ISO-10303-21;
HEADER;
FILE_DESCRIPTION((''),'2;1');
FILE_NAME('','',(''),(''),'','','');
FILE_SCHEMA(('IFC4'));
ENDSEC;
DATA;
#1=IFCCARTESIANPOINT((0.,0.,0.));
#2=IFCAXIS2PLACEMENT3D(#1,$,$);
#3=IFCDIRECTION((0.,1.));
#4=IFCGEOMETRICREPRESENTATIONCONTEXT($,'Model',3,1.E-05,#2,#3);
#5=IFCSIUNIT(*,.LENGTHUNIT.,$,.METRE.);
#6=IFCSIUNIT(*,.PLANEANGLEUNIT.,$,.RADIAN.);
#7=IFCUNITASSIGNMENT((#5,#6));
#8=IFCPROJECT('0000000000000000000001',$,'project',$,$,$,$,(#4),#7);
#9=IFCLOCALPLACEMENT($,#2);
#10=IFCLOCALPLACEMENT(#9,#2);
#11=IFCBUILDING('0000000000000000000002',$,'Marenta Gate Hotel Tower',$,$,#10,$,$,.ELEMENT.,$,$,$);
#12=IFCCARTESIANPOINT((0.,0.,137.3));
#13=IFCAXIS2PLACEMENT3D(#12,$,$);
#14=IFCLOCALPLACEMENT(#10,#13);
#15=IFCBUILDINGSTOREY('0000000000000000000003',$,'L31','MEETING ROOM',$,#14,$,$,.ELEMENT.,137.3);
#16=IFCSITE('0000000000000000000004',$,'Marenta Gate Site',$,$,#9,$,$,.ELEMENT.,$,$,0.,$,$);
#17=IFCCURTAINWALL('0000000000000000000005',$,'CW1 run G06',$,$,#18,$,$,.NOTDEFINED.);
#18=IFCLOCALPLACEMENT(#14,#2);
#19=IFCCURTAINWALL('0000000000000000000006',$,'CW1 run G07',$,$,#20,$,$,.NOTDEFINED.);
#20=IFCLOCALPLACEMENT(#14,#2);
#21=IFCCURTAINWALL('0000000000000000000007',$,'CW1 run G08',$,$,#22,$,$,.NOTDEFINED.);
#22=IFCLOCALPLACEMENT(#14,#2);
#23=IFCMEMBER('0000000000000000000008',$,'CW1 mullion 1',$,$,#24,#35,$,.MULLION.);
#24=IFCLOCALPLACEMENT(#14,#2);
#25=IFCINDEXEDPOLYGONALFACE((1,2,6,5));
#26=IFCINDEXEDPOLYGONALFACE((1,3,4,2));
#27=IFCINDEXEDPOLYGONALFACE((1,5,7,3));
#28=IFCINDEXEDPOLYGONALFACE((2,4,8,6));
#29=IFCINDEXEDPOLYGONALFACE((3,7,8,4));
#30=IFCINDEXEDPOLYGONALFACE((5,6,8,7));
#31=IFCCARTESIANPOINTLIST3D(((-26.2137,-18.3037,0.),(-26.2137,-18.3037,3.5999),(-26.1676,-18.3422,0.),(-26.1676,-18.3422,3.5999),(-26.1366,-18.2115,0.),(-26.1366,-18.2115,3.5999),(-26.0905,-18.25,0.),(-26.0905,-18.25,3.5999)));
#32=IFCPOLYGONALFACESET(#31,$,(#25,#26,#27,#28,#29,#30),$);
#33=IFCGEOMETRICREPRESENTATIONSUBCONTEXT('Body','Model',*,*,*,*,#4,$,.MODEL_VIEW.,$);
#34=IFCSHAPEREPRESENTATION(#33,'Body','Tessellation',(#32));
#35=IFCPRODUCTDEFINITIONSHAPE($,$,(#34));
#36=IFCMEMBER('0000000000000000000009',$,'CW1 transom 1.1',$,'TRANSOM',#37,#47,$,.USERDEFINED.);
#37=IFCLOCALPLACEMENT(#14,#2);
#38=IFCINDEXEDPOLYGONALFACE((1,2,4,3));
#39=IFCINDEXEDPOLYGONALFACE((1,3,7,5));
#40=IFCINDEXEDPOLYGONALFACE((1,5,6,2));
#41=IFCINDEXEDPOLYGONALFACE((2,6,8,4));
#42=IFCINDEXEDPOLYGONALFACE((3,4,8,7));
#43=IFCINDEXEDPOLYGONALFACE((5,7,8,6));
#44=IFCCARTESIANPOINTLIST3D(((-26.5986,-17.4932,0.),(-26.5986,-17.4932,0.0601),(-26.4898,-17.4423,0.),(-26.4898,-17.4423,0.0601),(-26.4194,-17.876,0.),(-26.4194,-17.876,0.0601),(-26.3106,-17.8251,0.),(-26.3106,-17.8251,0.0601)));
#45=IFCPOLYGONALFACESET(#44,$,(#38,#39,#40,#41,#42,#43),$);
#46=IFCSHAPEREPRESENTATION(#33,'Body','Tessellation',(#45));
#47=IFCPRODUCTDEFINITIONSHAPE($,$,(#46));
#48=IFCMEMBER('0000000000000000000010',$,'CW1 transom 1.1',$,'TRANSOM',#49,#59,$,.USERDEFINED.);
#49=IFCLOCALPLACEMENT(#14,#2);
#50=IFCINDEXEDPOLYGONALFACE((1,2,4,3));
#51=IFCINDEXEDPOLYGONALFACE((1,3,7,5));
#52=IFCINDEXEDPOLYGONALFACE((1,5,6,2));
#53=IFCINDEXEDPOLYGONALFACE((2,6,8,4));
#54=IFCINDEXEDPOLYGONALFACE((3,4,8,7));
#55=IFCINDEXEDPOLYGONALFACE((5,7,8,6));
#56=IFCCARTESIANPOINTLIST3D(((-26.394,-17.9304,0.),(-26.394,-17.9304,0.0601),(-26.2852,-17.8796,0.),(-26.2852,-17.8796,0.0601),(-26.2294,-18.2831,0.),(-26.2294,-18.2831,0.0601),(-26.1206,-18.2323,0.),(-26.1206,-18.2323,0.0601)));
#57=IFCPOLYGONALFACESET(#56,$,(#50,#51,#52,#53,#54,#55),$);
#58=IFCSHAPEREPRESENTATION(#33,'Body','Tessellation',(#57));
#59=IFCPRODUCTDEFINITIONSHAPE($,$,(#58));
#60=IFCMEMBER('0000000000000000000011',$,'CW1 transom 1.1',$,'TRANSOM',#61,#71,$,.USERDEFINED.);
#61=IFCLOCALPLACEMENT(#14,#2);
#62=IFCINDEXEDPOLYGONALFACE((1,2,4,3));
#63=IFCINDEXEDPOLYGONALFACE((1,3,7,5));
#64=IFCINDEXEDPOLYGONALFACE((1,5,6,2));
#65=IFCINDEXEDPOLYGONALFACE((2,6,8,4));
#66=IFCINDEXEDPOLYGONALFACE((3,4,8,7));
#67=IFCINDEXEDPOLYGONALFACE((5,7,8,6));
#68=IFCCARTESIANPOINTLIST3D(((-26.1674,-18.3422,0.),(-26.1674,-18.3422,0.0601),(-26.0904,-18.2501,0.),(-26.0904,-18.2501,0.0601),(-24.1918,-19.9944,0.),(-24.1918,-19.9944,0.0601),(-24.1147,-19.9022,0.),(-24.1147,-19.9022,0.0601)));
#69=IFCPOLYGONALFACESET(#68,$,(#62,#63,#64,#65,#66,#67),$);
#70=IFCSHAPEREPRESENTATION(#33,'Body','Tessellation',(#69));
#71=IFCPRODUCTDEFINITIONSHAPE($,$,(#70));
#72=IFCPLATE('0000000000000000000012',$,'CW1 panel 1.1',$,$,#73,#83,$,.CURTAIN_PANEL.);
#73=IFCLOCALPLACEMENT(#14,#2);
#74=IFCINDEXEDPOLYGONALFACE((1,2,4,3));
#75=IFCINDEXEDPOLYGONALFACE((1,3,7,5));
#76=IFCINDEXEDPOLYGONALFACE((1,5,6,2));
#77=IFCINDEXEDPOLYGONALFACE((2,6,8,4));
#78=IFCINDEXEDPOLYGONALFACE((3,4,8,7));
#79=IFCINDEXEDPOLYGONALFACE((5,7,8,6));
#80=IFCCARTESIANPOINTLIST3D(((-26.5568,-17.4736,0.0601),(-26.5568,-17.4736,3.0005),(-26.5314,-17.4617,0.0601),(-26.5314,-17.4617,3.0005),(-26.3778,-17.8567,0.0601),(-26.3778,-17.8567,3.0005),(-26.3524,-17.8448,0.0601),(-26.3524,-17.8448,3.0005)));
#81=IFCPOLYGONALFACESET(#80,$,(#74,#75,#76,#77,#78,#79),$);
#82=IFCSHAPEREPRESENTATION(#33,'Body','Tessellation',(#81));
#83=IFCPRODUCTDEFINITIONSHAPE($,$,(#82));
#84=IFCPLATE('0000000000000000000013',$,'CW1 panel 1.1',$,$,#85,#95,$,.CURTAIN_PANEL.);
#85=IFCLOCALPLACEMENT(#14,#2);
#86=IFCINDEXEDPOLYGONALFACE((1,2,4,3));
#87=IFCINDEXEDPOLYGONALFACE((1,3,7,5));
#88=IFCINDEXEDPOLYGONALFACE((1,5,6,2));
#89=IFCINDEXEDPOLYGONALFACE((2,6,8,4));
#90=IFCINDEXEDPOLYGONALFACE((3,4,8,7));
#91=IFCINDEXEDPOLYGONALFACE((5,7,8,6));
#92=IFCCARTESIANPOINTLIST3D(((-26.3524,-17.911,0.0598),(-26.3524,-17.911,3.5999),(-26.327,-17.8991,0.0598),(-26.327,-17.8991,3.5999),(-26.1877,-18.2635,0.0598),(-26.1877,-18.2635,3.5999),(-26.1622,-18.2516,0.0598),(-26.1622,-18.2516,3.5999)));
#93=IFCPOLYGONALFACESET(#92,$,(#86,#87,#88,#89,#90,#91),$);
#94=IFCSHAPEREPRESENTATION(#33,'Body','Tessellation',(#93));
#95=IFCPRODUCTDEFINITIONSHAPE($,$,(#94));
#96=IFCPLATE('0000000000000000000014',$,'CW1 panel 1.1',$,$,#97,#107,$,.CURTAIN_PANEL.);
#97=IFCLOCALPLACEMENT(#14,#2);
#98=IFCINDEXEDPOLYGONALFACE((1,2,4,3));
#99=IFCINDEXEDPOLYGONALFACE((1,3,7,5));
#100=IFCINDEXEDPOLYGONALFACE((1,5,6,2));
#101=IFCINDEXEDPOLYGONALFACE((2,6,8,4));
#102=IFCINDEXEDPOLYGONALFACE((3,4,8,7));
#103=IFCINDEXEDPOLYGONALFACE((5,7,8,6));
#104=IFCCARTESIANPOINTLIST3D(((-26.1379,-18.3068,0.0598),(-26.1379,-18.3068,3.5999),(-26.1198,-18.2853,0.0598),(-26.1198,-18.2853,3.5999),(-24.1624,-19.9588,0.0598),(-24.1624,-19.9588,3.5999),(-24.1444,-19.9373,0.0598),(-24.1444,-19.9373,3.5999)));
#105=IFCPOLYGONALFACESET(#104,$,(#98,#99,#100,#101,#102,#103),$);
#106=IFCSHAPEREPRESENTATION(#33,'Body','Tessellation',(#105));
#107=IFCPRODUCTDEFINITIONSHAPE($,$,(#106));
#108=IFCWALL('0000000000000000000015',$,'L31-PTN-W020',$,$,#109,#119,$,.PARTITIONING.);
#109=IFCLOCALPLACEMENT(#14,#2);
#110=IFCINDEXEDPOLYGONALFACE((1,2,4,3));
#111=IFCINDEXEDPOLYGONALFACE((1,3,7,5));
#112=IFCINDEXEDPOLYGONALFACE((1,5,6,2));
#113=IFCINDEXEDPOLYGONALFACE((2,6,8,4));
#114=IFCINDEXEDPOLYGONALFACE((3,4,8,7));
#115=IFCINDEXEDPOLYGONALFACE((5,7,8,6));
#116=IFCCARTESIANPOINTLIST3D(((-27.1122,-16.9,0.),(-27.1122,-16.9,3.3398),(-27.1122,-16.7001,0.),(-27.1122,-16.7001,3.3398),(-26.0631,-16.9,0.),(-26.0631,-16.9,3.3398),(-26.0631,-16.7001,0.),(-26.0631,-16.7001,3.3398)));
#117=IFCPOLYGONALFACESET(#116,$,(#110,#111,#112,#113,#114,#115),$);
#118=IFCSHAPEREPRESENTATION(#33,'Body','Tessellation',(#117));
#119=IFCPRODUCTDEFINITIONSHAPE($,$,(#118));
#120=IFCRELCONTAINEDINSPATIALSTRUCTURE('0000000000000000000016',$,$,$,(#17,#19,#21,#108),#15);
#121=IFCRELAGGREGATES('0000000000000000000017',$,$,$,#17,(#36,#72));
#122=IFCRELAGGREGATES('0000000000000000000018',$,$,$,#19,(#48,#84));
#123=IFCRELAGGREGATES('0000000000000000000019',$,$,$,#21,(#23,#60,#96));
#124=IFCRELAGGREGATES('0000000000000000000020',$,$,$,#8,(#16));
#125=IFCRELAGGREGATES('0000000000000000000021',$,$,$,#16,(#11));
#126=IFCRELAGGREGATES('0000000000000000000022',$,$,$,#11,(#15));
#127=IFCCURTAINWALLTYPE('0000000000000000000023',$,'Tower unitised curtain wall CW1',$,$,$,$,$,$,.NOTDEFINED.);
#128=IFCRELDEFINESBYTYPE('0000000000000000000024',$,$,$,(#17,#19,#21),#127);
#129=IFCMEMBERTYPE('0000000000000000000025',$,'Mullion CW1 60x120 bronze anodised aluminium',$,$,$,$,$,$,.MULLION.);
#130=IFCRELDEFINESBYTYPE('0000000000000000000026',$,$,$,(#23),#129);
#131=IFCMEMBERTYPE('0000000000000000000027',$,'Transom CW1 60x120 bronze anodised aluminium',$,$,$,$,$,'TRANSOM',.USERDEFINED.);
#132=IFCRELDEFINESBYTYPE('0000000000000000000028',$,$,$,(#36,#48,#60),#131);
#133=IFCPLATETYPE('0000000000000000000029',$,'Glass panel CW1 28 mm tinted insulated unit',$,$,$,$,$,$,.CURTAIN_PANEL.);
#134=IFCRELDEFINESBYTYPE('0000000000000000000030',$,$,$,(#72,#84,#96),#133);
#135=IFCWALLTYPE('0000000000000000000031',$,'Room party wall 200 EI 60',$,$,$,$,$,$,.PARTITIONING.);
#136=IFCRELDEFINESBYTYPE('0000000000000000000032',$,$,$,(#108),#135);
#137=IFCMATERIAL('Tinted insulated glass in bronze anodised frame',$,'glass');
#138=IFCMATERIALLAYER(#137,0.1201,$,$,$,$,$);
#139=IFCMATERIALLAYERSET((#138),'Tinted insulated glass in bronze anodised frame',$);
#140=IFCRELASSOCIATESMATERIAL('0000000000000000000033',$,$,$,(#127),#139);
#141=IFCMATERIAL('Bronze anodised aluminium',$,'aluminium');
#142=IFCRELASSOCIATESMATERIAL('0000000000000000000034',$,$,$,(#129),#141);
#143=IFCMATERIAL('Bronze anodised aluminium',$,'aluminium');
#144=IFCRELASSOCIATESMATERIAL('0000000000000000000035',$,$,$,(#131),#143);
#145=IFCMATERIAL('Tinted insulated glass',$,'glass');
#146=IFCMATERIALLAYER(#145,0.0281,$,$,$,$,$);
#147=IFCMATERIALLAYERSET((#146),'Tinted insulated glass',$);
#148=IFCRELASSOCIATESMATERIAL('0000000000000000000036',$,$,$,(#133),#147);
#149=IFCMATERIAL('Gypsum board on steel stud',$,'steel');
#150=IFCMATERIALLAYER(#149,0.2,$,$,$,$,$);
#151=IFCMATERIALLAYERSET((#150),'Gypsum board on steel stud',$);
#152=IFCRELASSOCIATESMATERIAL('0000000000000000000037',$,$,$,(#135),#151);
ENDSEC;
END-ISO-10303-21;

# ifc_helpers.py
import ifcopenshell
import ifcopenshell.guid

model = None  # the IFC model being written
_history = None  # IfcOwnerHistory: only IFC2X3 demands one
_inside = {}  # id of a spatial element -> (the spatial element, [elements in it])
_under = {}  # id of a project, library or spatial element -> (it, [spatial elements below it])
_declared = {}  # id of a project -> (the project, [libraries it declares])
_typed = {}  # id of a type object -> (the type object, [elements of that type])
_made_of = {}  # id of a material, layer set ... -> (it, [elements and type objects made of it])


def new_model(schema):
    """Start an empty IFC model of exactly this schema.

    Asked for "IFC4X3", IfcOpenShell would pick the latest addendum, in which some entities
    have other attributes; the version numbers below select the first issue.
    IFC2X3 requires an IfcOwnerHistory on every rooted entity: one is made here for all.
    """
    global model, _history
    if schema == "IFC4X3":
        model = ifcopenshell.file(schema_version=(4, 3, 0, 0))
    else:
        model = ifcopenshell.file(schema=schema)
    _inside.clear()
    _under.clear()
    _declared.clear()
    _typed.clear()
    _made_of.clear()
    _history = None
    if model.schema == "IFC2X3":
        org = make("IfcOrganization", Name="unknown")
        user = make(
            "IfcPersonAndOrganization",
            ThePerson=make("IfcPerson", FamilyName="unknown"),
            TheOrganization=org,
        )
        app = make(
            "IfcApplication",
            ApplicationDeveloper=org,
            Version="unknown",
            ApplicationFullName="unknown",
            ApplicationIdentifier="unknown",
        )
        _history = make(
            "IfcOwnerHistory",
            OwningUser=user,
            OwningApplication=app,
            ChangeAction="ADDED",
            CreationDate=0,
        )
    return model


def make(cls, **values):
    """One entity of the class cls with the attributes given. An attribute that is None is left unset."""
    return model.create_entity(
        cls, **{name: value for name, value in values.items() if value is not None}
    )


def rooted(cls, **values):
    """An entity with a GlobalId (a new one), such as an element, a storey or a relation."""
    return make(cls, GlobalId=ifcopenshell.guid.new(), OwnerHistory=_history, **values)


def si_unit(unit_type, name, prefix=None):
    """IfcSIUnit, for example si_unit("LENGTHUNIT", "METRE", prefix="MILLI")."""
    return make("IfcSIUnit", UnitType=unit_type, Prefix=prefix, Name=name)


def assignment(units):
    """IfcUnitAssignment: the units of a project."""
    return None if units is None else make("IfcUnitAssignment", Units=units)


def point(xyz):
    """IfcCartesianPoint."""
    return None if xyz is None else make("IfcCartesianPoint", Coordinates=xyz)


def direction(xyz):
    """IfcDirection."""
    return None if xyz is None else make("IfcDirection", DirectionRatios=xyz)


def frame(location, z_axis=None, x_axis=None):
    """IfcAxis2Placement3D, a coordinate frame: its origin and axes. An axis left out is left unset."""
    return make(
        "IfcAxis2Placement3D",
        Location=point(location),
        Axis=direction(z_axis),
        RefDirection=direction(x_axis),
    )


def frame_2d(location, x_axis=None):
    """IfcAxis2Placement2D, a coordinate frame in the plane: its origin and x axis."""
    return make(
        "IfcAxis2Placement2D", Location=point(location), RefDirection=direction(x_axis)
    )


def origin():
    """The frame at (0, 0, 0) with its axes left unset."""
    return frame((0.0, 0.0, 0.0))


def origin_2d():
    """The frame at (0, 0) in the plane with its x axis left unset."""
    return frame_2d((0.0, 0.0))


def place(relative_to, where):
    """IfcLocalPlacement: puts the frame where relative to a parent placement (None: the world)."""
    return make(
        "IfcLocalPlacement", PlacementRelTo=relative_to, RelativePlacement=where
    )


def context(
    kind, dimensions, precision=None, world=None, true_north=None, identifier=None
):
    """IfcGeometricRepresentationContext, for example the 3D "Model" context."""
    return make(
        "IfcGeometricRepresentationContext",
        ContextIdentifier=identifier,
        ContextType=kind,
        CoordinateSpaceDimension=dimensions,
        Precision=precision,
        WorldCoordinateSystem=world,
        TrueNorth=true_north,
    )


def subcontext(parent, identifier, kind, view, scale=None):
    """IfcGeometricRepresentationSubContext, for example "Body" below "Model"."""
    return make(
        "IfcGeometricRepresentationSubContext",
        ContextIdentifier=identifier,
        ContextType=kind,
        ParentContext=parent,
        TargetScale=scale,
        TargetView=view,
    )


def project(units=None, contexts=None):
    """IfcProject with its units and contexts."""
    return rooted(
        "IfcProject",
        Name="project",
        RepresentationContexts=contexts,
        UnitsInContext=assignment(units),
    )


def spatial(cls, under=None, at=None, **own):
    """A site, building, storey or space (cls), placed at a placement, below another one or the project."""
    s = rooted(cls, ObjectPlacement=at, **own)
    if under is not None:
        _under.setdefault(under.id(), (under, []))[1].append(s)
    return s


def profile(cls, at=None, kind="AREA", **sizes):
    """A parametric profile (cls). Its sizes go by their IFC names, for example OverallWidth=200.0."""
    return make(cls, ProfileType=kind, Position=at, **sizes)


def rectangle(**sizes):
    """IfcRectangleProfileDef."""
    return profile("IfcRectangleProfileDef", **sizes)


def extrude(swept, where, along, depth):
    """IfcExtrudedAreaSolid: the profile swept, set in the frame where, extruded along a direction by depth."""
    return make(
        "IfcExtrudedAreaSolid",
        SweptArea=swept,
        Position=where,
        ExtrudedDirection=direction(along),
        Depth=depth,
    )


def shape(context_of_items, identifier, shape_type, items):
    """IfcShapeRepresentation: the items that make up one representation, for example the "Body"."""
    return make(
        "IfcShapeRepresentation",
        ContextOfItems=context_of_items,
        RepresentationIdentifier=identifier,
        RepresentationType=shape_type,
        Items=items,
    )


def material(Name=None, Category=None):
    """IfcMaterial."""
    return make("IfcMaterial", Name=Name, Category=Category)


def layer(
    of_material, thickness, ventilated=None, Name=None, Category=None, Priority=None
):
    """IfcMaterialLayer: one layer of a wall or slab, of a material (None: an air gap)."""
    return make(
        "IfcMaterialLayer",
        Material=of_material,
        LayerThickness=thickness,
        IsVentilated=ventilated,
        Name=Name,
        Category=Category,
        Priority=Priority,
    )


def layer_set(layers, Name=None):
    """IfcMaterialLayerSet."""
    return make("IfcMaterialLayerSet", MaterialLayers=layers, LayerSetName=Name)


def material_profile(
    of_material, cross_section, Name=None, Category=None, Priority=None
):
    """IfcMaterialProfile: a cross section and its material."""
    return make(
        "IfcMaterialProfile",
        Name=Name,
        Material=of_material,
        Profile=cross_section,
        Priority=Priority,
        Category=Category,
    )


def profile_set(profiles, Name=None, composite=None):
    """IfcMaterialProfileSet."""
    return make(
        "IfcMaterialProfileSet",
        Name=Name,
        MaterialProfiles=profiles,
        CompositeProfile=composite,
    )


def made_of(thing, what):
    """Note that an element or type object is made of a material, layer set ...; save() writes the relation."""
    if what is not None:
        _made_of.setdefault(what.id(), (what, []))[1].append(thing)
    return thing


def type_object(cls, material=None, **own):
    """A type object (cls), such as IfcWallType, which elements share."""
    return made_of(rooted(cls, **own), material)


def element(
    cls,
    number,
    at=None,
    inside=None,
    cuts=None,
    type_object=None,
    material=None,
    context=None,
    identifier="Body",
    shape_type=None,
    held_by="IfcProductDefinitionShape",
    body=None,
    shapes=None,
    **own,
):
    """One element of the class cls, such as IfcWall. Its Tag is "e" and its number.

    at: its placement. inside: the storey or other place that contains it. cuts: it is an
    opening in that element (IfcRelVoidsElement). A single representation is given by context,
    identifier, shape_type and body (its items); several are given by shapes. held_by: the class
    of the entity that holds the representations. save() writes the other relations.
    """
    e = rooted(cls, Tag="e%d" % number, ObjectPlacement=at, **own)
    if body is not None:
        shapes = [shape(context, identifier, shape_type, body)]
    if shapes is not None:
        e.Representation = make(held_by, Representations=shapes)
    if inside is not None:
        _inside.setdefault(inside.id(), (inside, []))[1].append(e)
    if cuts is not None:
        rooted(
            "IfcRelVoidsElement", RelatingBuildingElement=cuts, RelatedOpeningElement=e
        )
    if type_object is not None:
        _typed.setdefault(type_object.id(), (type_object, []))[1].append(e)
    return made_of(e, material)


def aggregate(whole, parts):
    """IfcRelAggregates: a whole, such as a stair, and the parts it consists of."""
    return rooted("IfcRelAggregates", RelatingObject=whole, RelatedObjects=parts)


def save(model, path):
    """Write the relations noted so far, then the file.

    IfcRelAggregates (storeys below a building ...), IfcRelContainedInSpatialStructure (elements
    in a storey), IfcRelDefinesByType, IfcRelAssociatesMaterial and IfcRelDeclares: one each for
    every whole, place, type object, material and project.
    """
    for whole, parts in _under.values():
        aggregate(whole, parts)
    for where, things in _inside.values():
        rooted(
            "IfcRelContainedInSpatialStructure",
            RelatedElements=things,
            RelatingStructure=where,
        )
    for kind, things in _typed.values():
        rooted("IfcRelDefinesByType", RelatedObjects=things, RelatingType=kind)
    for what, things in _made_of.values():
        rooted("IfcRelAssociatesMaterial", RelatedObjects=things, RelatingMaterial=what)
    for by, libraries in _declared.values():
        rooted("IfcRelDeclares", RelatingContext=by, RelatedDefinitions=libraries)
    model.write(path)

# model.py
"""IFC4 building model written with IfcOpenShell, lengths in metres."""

from ifc_helpers import new_model, si_unit, direction, frame, frame_2d, origin, origin_2d, place, context, subcontext, project, spatial, rectangle, extrude, material, layer, layer_set, material_profile, profile_set, type_object, element, aggregate, save


model = new_model("IFC4")

# Units and contexts
model_context = context("Model", 3, precision=1e-05, world=origin(), true_north=direction((0.0, 1.0)))
body_context = subcontext(model_context, "Body", "Model", "MODEL_VIEW")
ifc_project = project(units=[si_unit("LENGTHUNIT", "METRE"), si_unit("PLANEANGLEUNIT", "RADIAN")], contexts=[model_context])

# Site, building, storey
site_placement = place(None, origin())
site = spatial("IfcSite", under=ifc_project, at=site_placement, Name="Marenta Gate Site", CompositionType="ELEMENT", RefElevation=0.0)
building_placement = place(site_placement, origin())
building = spatial("IfcBuilding", under=site, at=building_placement, Name="Marenta Gate Hotel Tower", CompositionType="ELEMENT")
storey_placement = place(building_placement, frame((0.0, 0.0, 137.3)))
storey = spatial("IfcBuildingStorey", under=building, at=storey_placement, Name="L31", Description="MEETING ROOM", CompositionType="ELEMENT", Elevation=137.3)

# Curtain walls, member
ifc_material_1 = material(Name="Tinted insulated glass in bronze anodised frame", Category="glass")
ifc_layer_1 = layer(ifc_material_1, 0.1201)
ifc_layer_set_1 = layer_set([ifc_layer_1], Name="Tinted insulated glass in bronze anodised frame")
curtain_wall_type = type_object("IfcCurtainWallType", Name="Tower unitised curtain wall CW1", PredefinedType="NOTDEFINED", material=ifc_layer_set_1)
curtain_wall_1_placement = place(storey_placement, origin())
curtain_wall_1 = element("IfcCurtainWall", 1, at=curtain_wall_1_placement, inside=storey, type_object=curtain_wall_type, Name="CW1 run G06", PredefinedType="NOTDEFINED")
ifc_material_2 = material(Name="Bronze anodised aluminium", Category="aluminium")
ifc_material_profile_1 = material_profile(ifc_material_2, rectangle(XDim=0.1201, YDim=0.0601, at=origin_2d()), Name="Mullion CW1 60x120 bronze anodised aluminium")
ifc_profile_set_1 = profile_set([ifc_material_profile_1], Name="Bronze anodised aluminium")
member_type_1 = type_object("IfcMemberType", Name="Mullion CW1 60x120 bronze anodised aluminium", PredefinedType="MULLION", material=ifc_profile_set_1)
curtain_wall_2_placement = place(storey_placement, origin())
curtain_wall_2 = element("IfcCurtainWall", 2, at=curtain_wall_2_placement, inside=storey, type_object=curtain_wall_type, Name="CW1 run G07", PredefinedType="NOTDEFINED")
curtain_wall_3_placement = place(storey_placement, origin())
curtain_wall_3 = element("IfcCurtainWall", 3, at=curtain_wall_3_placement, inside=storey, type_object=curtain_wall_type, Name="CW1 run G08", PredefinedType="NOTDEFINED")
member_1_placement = place(storey_placement, frame((-26.1521, -18.2769, 0.0), z_axis=(0.0, 0.0, 1.0), x_axis=(0.641512, 0.767113, 0.0)))
member_1 = element("IfcMember", 4, at=member_1_placement, type_object=member_type_1, Name="CW1 mullion 1", PredefinedType="MULLION", context=body_context, shape_type="SweptSolid", body=[
    extrude(rectangle(XDim=0.1201, YDim=0.0601, at=origin_2d()), origin(), (0.0, 0.0, 1.0), 3.5999),
])

# Members
ifc_material_3 = material(Name="Bronze anodised aluminium", Category="aluminium")
ifc_material_profile_2 = material_profile(ifc_material_3, rectangle(XDim=0.1201, YDim=0.0601, at=origin_2d()), Name="Transom CW1 60x120 bronze anodised aluminium")
ifc_profile_set_2 = profile_set([ifc_material_profile_2], Name="Bronze anodised aluminium")
member_type_2 = type_object("IfcMemberType", Name="Transom CW1 60x120 bronze anodised aluminium", ElementType="TRANSOM", PredefinedType="USERDEFINED", material=ifc_profile_set_2)
member_2_placement = place(storey_placement, frame((-26.5442, -17.4678, 0.03), z_axis=(0.42396, -0.905681, 0.0), x_axis=(0.905681, 0.42396, 0.0)))
member_2 = element("IfcMember", 5, at=member_2_placement, type_object=member_type_2, Name="CW1 transom 1.1", ObjectType="TRANSOM", PredefinedType="USERDEFINED", context=body_context, shape_type="SweptSolid", body=[
    extrude(rectangle(XDim=0.1201, YDim=0.0601, at=origin_2d()), origin(), (0.0, 0.0, 1.0), 0.4226),
])
member_3_placement = place(storey_placement, frame((-26.3396, -17.905, 0.03), z_axis=(0.422954, -0.906151, 0.0), x_axis=(0.906151, 0.422954, 0.0)))
member_3 = element("IfcMember", 6, at=member_3_placement, type_object=member_type_2, Name="CW1 transom 1.1", ObjectType="TRANSOM", PredefinedType="USERDEFINED", context=body_context, shape_type="SweptSolid", body=[
    extrude(rectangle(XDim=0.1201, YDim=0.0601, at=origin_2d()), origin(), (0.0, 0.0, 1.0), 0.3892),
])
member_4_placement = place(storey_placement, frame((-26.1289, -18.2961, 0.03), z_axis=(0.767117, -0.641508, 0.0), x_axis=(0.641508, 0.767117, 0.0)))
member_4 = element("IfcMember", 7, at=member_4_placement, type_object=member_type_2, Name="CW1 transom 1.1", ObjectType="TRANSOM", PredefinedType="USERDEFINED", context=body_context, shape_type="SweptSolid", body=[
    extrude(rectangle(XDim=0.1201, YDim=0.0601, at=origin_2d()), origin(), (0.0, 0.0, 1.0), 2.5754),
])

# Plates
ifc_material_4 = material(Name="Tinted insulated glass", Category="glass")
ifc_layer_2 = layer(ifc_material_4, 0.0281)
ifc_layer_set_2 = layer_set([ifc_layer_2], Name="Tinted insulated glass")
plate_type = type_object("IfcPlateType", Name="Glass panel CW1 28 mm tinted insulated unit", PredefinedType="CURTAIN_PANEL", material=ifc_layer_set_2)
plate_1_placement = place(storey_placement, frame((-26.4546, -17.6592, 0.0601), z_axis=(0.0, 0.0, 1.0), x_axis=(0.423362, -0.905961, 0.0)))
plate_1 = element("IfcPlate", 8, at=plate_1_placement, type_object=plate_type, Name="CW1 panel 1.1", PredefinedType="CURTAIN_PANEL", context=body_context, shape_type="SweptSolid", body=[
    extrude(rectangle(XDim=0.4229, YDim=0.0281, at=origin_2d()), origin(), (0.0, 0.0, 1.0), 2.9404),
])
aggregate(curtain_wall_1, [member_2, plate_1])
plate_2_placement = place(storey_placement, frame((-26.2573, -18.0813, 0.0598), z_axis=(0.0, 0.0, 1.0), x_axis=(0.423275, -0.906001, 0.0)))
plate_2 = element("IfcPlate", 9, at=plate_2_placement, type_object=plate_type, Name="CW1 panel 1.1", PredefinedType="CURTAIN_PANEL", context=body_context, shape_type="SweptSolid", body=[
    extrude(rectangle(XDim=0.3892, YDim=0.0281, at=origin_2d()), origin(), (0.0, 0.0, 1.0), 3.54),
])
aggregate(curtain_wall_2, [member_3, plate_2])
plate_3_placement = place(storey_placement, frame((-25.1411, -19.1221, 0.0598), z_axis=(0.0, 0.0, 1.0), x_axis=(0.767113, -0.641512, 0.0)))
plate_3 = element("IfcPlate", 10, at=plate_3_placement, type_object=plate_type, Name="CW1 panel 1.1", PredefinedType="CURTAIN_PANEL", context=body_context, shape_type="SweptSolid", body=[
    extrude(rectangle(XDim=2.5752, YDim=0.0281, at=origin_2d()), origin(), (0.0, 0.0, 1.0), 3.54),
])
aggregate(curtain_wall_3, [member_1, member_4, plate_3])

# Wall
ifc_material_5 = material(Name="Gypsum board on steel stud", Category="steel")
ifc_layer_3 = layer(ifc_material_5, 0.2)
ifc_layer_set_3 = layer_set([ifc_layer_3], Name="Gypsum board on steel stud")
wall_type = type_object("IfcWallType", Name="Room party wall 200 EI 60", PredefinedType="PARTITIONING", material=ifc_layer_set_3)
wall_placement = place(storey_placement, frame((-27.1121, -16.8, 0.0), z_axis=(0.0, 0.0, 1.0), x_axis=(1.0, 0.0, 0.0)))
element("IfcWall", 11, at=wall_placement, inside=storey, type_object=wall_type, Name="L31-PTN-W020", PredefinedType="PARTITIONING", context=body_context, shape_type="SweptSolid", body=[
    extrude(rectangle(XDim=1.0491, YDim=0.2, at=frame_2d((0.5244, 0.0))), origin(), (0.0, 0.0, 1.0), 3.3398),
])

save(model, "model.ifc")
